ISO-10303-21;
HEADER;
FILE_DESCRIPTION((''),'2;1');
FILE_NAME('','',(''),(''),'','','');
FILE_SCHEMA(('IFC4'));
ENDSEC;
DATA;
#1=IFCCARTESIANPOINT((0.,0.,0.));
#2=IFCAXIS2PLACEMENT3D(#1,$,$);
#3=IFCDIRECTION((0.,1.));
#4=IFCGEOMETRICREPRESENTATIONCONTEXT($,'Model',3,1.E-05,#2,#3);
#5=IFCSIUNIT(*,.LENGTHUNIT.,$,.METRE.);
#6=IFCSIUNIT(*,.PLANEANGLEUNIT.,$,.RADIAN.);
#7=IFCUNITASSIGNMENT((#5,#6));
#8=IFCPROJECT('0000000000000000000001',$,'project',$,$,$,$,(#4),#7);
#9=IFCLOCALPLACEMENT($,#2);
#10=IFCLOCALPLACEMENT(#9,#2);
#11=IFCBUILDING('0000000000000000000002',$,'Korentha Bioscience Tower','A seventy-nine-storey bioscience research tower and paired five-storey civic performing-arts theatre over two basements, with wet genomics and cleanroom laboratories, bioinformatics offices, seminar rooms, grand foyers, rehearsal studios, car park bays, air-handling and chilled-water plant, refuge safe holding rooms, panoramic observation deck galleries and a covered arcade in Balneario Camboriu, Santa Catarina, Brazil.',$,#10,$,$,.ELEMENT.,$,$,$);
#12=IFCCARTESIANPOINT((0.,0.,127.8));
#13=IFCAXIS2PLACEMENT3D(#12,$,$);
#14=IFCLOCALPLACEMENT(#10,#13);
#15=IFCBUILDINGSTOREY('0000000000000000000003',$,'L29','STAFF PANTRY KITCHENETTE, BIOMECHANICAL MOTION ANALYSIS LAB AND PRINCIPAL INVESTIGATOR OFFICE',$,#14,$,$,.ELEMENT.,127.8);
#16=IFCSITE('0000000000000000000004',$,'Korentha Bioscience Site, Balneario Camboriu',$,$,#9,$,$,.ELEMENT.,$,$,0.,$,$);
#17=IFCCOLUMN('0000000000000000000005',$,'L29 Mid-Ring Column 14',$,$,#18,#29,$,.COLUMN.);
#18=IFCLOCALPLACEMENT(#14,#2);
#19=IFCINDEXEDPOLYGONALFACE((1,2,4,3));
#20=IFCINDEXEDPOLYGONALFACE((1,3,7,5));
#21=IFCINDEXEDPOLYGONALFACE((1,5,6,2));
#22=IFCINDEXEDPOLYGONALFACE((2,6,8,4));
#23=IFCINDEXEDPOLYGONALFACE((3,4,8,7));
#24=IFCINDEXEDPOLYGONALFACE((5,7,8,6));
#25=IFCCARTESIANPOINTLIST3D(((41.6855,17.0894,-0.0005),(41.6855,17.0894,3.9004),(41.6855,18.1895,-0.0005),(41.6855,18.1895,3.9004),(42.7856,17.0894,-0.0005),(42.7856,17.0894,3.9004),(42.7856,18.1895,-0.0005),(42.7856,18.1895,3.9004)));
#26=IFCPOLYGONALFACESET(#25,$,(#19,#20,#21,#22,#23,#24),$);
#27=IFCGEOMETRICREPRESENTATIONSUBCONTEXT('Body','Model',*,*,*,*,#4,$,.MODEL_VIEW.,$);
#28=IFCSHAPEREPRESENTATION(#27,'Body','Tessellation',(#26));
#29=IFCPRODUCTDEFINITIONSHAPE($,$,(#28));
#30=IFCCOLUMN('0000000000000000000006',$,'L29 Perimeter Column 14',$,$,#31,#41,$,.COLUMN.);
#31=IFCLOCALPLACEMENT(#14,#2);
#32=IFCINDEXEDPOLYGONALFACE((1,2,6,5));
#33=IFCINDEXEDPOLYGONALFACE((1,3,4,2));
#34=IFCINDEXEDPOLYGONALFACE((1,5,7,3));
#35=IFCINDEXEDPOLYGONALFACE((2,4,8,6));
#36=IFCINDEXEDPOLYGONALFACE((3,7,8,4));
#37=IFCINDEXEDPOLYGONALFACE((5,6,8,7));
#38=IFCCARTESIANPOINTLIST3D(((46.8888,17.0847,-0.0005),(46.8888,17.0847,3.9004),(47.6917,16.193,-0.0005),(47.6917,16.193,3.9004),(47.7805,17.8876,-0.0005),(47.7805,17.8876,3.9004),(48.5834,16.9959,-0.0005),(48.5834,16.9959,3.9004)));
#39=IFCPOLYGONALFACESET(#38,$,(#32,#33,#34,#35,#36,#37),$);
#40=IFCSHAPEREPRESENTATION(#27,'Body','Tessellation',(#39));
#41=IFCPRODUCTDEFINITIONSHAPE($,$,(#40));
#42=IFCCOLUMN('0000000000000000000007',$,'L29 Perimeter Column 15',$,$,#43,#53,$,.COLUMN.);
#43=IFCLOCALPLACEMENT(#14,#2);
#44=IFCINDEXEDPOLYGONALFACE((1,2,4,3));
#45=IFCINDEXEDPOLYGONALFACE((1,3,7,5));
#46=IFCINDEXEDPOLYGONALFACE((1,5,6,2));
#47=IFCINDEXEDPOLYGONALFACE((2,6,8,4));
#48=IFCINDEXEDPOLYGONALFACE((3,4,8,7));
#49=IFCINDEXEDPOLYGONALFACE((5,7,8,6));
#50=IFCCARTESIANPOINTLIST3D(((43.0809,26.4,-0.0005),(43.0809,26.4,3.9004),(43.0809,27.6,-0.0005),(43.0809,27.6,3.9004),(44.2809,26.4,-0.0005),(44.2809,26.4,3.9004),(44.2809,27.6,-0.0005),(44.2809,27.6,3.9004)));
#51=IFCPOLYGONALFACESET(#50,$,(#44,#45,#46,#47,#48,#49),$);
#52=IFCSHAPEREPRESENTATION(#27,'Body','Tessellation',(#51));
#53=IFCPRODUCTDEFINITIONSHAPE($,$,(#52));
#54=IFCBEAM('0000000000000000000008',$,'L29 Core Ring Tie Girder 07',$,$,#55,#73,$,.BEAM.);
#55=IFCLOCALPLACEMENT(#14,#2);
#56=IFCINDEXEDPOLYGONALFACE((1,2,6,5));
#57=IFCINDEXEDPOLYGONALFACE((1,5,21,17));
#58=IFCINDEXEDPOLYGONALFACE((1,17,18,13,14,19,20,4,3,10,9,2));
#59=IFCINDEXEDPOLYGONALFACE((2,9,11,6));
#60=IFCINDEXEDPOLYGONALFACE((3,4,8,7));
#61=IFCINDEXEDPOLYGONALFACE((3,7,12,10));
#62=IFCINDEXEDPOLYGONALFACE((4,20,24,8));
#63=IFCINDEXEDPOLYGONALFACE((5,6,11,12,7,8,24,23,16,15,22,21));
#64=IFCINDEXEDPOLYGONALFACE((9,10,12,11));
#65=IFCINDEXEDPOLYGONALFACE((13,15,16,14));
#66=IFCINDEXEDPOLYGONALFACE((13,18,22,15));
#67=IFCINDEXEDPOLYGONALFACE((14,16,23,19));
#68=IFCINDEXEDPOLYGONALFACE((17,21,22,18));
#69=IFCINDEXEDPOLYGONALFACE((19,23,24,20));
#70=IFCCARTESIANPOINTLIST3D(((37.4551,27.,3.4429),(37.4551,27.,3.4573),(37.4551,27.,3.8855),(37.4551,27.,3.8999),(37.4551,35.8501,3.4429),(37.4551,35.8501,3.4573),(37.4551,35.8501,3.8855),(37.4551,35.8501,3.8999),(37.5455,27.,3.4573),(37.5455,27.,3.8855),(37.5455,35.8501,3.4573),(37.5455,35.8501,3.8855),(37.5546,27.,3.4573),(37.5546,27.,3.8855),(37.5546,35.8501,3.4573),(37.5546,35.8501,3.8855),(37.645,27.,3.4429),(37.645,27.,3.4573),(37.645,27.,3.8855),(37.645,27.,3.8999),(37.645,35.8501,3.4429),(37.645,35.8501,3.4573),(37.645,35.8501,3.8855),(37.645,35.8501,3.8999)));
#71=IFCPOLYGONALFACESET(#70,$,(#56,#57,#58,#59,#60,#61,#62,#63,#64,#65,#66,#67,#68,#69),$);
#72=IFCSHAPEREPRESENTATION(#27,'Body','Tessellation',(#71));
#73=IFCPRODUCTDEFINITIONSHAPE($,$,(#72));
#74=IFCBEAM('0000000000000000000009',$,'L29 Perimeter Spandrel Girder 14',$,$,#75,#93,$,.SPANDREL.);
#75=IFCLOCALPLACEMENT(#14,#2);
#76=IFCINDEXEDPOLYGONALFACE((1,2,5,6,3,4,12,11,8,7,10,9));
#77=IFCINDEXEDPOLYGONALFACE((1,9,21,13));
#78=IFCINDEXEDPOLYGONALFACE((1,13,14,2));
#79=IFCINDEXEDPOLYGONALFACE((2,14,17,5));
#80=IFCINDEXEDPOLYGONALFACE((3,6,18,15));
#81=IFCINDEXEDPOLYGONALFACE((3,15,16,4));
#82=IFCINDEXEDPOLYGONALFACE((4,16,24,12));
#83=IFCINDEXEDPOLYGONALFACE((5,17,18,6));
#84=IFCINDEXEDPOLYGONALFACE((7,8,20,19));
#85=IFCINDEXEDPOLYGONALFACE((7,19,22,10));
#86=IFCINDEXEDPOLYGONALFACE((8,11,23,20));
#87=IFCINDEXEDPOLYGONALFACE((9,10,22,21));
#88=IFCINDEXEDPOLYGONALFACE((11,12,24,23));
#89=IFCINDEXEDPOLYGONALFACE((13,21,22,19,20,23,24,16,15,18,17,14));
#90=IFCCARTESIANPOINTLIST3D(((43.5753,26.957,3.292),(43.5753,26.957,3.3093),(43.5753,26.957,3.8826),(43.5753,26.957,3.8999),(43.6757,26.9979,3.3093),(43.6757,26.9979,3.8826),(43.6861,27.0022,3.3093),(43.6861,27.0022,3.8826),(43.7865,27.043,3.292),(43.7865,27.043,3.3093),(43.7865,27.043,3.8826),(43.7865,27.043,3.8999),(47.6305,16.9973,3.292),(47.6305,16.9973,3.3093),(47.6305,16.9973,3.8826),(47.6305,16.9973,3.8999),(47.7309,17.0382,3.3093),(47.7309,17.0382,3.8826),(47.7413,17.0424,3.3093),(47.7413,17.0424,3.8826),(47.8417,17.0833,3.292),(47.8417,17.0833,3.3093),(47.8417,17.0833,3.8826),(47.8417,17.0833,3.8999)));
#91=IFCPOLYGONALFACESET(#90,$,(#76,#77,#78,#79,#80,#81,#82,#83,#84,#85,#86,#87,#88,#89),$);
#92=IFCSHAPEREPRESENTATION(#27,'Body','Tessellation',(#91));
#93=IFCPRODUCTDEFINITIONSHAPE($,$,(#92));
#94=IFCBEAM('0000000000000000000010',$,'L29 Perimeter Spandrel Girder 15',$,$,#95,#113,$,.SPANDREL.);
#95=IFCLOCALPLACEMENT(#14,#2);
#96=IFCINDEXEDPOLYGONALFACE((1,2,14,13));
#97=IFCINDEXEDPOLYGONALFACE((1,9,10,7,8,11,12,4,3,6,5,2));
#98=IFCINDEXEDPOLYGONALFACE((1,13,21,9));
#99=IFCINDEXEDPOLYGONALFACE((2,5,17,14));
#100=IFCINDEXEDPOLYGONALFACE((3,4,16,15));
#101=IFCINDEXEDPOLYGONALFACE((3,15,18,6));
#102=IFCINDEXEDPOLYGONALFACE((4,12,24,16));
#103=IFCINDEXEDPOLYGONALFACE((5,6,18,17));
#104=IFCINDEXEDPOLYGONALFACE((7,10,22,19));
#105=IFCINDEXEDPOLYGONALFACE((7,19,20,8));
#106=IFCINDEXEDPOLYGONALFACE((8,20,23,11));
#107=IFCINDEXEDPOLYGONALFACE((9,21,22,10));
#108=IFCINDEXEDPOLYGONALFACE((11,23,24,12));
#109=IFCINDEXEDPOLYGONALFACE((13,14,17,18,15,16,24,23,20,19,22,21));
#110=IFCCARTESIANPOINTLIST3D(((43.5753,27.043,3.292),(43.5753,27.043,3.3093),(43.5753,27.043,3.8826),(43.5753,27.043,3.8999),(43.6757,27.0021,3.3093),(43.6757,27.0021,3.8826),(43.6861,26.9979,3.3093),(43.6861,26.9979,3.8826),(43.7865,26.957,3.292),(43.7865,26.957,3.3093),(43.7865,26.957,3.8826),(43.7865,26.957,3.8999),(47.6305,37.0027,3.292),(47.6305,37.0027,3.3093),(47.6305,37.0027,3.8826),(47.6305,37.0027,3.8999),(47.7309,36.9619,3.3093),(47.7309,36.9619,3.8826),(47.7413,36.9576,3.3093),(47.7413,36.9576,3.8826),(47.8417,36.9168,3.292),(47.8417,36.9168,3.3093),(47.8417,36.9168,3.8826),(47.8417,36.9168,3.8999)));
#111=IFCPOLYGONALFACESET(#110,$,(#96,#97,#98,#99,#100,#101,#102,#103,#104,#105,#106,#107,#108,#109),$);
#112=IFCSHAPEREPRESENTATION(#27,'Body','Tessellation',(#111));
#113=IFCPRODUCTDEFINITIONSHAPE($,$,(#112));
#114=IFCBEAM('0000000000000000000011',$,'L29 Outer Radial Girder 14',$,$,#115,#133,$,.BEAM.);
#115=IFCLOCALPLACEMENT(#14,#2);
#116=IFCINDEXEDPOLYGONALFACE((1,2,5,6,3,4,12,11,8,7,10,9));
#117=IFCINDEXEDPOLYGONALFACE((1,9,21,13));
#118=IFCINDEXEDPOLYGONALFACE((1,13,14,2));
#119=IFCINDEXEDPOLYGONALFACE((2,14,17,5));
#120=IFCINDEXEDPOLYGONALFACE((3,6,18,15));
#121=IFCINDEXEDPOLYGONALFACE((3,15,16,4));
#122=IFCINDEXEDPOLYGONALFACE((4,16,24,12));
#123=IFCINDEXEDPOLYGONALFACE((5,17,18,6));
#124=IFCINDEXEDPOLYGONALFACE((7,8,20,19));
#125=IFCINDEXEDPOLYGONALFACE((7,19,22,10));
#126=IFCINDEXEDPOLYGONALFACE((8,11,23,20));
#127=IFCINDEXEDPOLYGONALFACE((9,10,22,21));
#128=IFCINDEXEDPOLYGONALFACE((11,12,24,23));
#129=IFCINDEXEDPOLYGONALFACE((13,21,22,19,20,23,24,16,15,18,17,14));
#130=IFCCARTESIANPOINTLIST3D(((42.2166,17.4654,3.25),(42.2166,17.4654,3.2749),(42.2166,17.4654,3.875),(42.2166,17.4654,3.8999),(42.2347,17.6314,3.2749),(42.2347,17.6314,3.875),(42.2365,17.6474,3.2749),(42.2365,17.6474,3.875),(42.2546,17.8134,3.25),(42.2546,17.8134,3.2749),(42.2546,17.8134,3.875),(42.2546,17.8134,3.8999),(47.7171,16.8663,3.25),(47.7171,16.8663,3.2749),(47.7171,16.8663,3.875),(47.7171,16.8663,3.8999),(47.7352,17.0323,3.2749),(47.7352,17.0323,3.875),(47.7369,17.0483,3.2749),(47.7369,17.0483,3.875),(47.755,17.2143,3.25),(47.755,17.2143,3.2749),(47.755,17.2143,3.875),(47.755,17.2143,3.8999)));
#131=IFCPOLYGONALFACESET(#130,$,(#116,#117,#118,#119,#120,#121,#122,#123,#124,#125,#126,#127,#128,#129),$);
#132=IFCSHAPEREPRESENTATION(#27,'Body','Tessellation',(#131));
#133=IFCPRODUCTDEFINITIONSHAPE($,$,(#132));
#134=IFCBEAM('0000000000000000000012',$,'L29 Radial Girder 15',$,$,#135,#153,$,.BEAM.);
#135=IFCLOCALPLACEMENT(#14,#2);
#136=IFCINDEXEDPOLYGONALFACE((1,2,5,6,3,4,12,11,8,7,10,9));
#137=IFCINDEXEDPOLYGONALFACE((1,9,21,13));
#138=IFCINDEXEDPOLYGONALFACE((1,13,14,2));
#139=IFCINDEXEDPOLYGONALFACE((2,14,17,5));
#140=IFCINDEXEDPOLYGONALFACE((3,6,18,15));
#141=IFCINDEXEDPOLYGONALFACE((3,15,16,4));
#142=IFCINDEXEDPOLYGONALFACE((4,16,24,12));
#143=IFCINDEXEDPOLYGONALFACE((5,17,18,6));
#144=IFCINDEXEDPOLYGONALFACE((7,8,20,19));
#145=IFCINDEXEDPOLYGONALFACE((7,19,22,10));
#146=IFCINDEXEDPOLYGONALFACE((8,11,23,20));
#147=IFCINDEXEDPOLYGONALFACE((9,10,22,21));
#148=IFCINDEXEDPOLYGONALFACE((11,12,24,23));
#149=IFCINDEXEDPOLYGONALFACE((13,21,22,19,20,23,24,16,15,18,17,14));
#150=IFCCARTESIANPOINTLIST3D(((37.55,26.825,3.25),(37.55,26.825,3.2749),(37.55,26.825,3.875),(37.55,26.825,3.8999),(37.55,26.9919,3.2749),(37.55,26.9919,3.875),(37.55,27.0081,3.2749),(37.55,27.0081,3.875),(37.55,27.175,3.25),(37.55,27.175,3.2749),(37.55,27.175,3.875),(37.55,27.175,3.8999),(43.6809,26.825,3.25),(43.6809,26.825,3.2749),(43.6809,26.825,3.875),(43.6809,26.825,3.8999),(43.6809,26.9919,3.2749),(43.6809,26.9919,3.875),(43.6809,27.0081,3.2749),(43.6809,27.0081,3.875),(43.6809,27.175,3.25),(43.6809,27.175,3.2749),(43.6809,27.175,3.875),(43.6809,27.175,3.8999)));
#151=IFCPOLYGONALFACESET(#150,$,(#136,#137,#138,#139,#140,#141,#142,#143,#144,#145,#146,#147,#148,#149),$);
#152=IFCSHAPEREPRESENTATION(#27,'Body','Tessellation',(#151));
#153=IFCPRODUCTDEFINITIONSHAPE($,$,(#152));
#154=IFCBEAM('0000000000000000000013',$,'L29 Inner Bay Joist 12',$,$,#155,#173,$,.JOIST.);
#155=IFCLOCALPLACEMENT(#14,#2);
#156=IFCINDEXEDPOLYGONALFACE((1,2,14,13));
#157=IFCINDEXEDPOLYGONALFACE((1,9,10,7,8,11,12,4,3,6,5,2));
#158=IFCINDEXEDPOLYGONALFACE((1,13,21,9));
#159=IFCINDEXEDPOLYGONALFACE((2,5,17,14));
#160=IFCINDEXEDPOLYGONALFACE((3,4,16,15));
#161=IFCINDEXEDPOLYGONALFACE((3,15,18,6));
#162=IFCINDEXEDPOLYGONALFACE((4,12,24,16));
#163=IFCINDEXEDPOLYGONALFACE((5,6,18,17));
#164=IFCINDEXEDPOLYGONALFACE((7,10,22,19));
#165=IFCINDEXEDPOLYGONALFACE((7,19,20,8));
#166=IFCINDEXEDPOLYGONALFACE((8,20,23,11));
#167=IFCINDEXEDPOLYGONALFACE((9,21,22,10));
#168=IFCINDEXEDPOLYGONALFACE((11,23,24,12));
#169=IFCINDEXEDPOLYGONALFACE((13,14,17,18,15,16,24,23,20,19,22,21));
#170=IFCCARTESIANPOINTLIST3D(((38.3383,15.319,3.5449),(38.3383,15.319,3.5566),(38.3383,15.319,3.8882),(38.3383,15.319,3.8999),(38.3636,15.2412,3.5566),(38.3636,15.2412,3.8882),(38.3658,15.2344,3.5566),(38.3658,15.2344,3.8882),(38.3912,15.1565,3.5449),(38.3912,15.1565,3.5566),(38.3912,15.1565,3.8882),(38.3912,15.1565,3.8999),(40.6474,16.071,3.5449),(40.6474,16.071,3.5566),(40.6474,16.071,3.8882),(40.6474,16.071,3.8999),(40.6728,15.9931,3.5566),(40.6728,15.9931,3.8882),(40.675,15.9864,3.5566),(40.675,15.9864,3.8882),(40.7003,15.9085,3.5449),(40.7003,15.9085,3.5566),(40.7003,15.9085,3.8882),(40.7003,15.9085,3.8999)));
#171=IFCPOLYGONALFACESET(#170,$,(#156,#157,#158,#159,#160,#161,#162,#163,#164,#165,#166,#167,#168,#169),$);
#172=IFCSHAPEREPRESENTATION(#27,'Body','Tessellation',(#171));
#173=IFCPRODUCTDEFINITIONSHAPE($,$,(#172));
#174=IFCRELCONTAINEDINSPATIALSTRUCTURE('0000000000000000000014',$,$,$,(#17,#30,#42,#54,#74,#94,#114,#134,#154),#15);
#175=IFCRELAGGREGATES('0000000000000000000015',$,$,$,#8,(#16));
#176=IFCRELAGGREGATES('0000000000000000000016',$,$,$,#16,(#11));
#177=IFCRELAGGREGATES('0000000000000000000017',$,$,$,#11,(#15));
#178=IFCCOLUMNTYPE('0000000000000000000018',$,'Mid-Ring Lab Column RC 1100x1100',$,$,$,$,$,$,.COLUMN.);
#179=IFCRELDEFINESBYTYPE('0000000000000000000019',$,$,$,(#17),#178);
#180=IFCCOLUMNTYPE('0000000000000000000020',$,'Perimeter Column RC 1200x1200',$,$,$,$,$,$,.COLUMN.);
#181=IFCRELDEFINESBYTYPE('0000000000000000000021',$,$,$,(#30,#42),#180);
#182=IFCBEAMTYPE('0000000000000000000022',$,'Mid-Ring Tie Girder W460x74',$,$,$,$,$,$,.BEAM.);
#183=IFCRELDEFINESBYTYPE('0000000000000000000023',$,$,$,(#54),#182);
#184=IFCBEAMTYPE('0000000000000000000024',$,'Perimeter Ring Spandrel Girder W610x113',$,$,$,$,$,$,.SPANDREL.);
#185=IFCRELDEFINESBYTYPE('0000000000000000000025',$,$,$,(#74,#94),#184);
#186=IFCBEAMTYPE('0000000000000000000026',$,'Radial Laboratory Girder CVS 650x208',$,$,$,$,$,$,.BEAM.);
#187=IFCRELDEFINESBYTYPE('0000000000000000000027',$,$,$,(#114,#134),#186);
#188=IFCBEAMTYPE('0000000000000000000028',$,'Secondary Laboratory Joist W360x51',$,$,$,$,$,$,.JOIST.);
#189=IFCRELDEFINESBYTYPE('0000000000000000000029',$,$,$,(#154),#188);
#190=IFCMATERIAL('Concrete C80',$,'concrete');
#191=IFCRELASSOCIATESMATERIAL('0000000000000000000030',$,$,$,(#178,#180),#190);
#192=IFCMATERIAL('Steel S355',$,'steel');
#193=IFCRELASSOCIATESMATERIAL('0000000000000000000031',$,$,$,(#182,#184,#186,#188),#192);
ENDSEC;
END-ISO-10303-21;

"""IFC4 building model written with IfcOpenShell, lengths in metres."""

from ifc_helpers import new_model, si_unit, direction, frame, origin, origin_2d, place, context, subcontext, project, spatial, rectangle, i_section, extrude, material, material_profile, profile_set, type_object, element, save


model = new_model("IFC4")

# Units and contexts
model_context = context("Model", 3, precision=1e-05, world=origin(), true_north=direction((0.0, 1.0)))
body_context = subcontext(model_context, "Body", "Model", "MODEL_VIEW")
ifc_project = project(units=[si_unit("LENGTHUNIT", "METRE"), si_unit("PLANEANGLEUNIT", "RADIAN")], contexts=[model_context])

# Site, building, storey
site_placement = place(None, origin())
site = spatial("IfcSite", under=ifc_project, at=site_placement, Name="Korentha Bioscience Site, Balneario Camboriu", CompositionType="ELEMENT", RefElevation=0.0)
building_placement = place(site_placement, origin())
building = spatial("IfcBuilding", under=site, at=building_placement, Name="Korentha Bioscience Tower", Description="A seventy-nine-storey bioscience research tower and paired five-storey civic performing-arts theatre over two basements, with wet genomics and cleanroom laboratories, bioinformatics offices, seminar rooms, grand foyers, rehearsal studios, car park bays, air-handling and chilled-water plant, refuge safe holding rooms, panoramic observation deck galleries and a covered arcade in Balneario Camboriu, Santa Catarina, Brazil.", CompositionType="ELEMENT")
storey_placement = place(building_placement, frame((0.0, 0.0, 127.8)))
storey = spatial("IfcBuildingStorey", under=building, at=storey_placement, Name="L29", Description="STAFF PANTRY KITCHENETTE, BIOMECHANICAL MOTION ANALYSIS LAB AND PRINCIPAL INVESTIGATOR OFFICE", CompositionType="ELEMENT", Elevation=127.8)

# Columns
ifc_material_1 = material(Name="Concrete C80", Category="concrete")
ifc_material_profile_1 = material_profile(ifc_material_1, rectangle(XDim=1.1001, YDim=1.1001, at=origin_2d()), Name="Concrete C80")
ifc_profile_set_1 = profile_set([ifc_material_profile_1], Name="Concrete C80 (COL-MR11)")
column_type_1 = type_object("IfcColumnType", Name="Mid-Ring Lab Column RC 1100x1100", PredefinedType="COLUMN", material=ifc_profile_set_1)
column_placement = place(storey_placement, frame((42.2356, 17.6394, -0.0005), z_axis=(0.0, 0.0, 1.0), x_axis=(1.0, 0.0, 0.0)))
element("IfcColumn", 1, at=column_placement, inside=storey, type_object=column_type_1, Name="L29 Mid-Ring Column 14", PredefinedType="COLUMN", context=body_context, shape_type="SweptSolid", body=[
    extrude(rectangle(XDim=1.1001, YDim=1.1001, at=origin_2d()), origin(), (0.0, 0.0, 1.0), 3.9009),
])
ifc_material_profile_2 = material_profile(ifc_material_1, rectangle(XDim=1.2, YDim=1.2, at=origin_2d()), Name="Concrete C80")
ifc_profile_set_2 = profile_set([ifc_material_profile_2], Name="Concrete C80 (COL-P12)")
column_type_2 = type_object("IfcColumnType", Name="Perimeter Column RC 1200x1200", PredefinedType="COLUMN", material=ifc_profile_set_2)
for number, where, z_axis, x_axis, name in (
    (2, (47.7361, 17.0403, -0.0005), (0.0, 0.0, 1.0), (-0.669131, 0.743145, 0.0), "L29 Perimeter Column 14"),
    (3, (43.6809, 27.0, -0.0005), (0.0, 0.0, 1.0), (0.0, 1.0, 0.0), "L29 Perimeter Column 15"),
):
    element("IfcColumn", number, at=place(storey_placement, frame(where, z_axis=z_axis, x_axis=x_axis)), inside=storey, type_object=column_type_2, Name=name, PredefinedType="COLUMN", context=body_context, shape_type="SweptSolid", body=[
        extrude(rectangle(XDim=1.2, YDim=1.2, at=origin_2d()), origin(), (0.0, 0.0, 1.0), 3.9009),
    ])

# Beams
ifc_material_2 = material(Name="Steel S355", Category="steel")
ifc_material_profile_3 = material_profile(ifc_material_2, i_section(OverallWidth=0.1899, OverallDepth=0.457, WebThickness=0.009, FlangeThickness=0.0144, at=origin_2d()), Name="Steel S355")
ifc_profile_set_3 = profile_set([ifc_material_profile_3], Name="Steel S355 (MB-460)")
beam_type_1 = type_object("IfcBeamType", Name="Mid-Ring Tie Girder W460x74", PredefinedType="BEAM", material=ifc_profile_set_3)
beam_1_placement = place(storey_placement, frame((37.55, 27.0, 3.6714), z_axis=(0.0, 1.0, 0.0), x_axis=(-1.0, 0.0, 0.0)))
element("IfcBeam", 4, at=beam_1_placement, inside=storey, type_object=beam_type_1, Name="L29 Core Ring Tie Girder 07", PredefinedType="BEAM", context=body_context, shape_type="SweptSolid", body=[
    extrude(i_section(OverallWidth=0.1899, OverallDepth=0.457, WebThickness=0.009, FlangeThickness=0.0144, at=origin_2d()), origin(), (0.0, 0.0, 1.0), 8.8501),
])
ifc_material_profile_4 = material_profile(ifc_material_2, i_section(OverallWidth=0.228, OverallDepth=0.6079, WebThickness=0.0112, FlangeThickness=0.0173, at=origin_2d()), Name="Steel S355")
ifc_profile_set_4 = profile_set([ifc_material_profile_4], Name="Steel S355 (SB-610)")
beam_type_2 = type_object("IfcBeamType", Name="Perimeter Ring Spandrel Girder W610x113", PredefinedType="SPANDREL", material=ifc_profile_set_4)
for number, where, z_axis, x_axis, name in (
    (5, (47.7361, 17.0403, 3.5959), (-0.377099, 0.926173, 0.0), (-0.926173, -0.377099, 0.0), "L29 Perimeter Spandrel Girder 14"),
    (6, (43.6809, 27.0, 3.5959), (0.377099, 0.926173, 0.0), (-0.926173, 0.377099, 0.0), "L29 Perimeter Spandrel Girder 15"),
):
    element("IfcBeam", number, at=place(storey_placement, frame(where, z_axis=z_axis, x_axis=x_axis)), inside=storey, type_object=beam_type_2, Name=name, PredefinedType="SPANDREL", context=body_context, shape_type="SweptSolid", body=[
        extrude(i_section(OverallWidth=0.228, OverallDepth=0.6079, WebThickness=0.0112, FlangeThickness=0.0173, at=origin_2d()), origin(), (0.0, 0.0, 1.0), 10.7537),
    ])
ifc_material_profile_5 = material_profile(ifc_material_2, i_section(OverallWidth=0.3501, OverallDepth=0.6499, WebThickness=0.0161, FlangeThickness=0.0249, at=origin_2d()), Name="Steel S355")
ifc_profile_set_5 = profile_set([ifc_material_profile_5], Name="Steel S355 (RB-650)")
beam_type_3 = type_object("IfcBeamType", Name="Radial Laboratory Girder CVS 650x208", PredefinedType="BEAM", material=ifc_profile_set_5)
beam_2_placement = place(storey_placement, frame((42.2356, 17.6394, 3.575), z_axis=(0.99412, -0.108281, 0.0), x_axis=(0.108281, 0.99412, 0.0)))
element("IfcBeam", 7, at=beam_2_placement, inside=storey, type_object=beam_type_3, Name="L29 Outer Radial Girder 14", PredefinedType="BEAM", context=body_context, shape_type="SweptSolid", body=[
    extrude(i_section(OverallWidth=0.3501, OverallDepth=0.6499, WebThickness=0.0161, FlangeThickness=0.0249, at=origin_2d()), origin(), (0.0, 0.0, 1.0), 5.533),
])
beam_3_placement = place(storey_placement, frame((37.55, 27.0, 3.575), z_axis=(1.0, 0.0, 0.0), x_axis=(0.0, 1.0, 0.0)))
element("IfcBeam", 8, at=beam_3_placement, inside=storey, type_object=beam_type_3, Name="L29 Radial Girder 15", PredefinedType="BEAM", context=body_context, shape_type="SweptSolid", body=[
    extrude(i_section(OverallWidth=0.3501, OverallDepth=0.6499, WebThickness=0.0161, FlangeThickness=0.0249, at=origin_2d()), origin(), (0.0, 0.0, 1.0), 6.1309),
])
ifc_material_profile_6 = material_profile(ifc_material_2, i_section(OverallWidth=0.1709, OverallDepth=0.355, WebThickness=0.0071, FlangeThickness=0.0117, at=origin_2d()), Name="Steel S355")
ifc_profile_set_6 = profile_set([ifc_material_profile_6], Name="Steel S355 (JB-360)")
beam_type_4 = type_object("IfcBeamType", Name="Secondary Laboratory Joist W360x51", PredefinedType="JOIST", material=ifc_profile_set_6)
beam_4_placement = place(storey_placement, frame((38.3647, 15.2378, 3.7224), z_axis=(0.950852, 0.309645, 0.0), x_axis=(-0.309645, 0.950852, 0.0)))
element("IfcBeam", 9, at=beam_4_placement, inside=storey, type_object=beam_type_4, Name="L29 Inner Bay Joist 12", PredefinedType="JOIST", context=body_context, shape_type="SweptSolid", body=[
    extrude(i_section(OverallWidth=0.1709, OverallDepth=0.355, WebThickness=0.0071, FlangeThickness=0.0117, at=origin_2d()), origin(), (0.0, 0.0, 1.0), 2.4285),
])

save(model, "model.ifc")
